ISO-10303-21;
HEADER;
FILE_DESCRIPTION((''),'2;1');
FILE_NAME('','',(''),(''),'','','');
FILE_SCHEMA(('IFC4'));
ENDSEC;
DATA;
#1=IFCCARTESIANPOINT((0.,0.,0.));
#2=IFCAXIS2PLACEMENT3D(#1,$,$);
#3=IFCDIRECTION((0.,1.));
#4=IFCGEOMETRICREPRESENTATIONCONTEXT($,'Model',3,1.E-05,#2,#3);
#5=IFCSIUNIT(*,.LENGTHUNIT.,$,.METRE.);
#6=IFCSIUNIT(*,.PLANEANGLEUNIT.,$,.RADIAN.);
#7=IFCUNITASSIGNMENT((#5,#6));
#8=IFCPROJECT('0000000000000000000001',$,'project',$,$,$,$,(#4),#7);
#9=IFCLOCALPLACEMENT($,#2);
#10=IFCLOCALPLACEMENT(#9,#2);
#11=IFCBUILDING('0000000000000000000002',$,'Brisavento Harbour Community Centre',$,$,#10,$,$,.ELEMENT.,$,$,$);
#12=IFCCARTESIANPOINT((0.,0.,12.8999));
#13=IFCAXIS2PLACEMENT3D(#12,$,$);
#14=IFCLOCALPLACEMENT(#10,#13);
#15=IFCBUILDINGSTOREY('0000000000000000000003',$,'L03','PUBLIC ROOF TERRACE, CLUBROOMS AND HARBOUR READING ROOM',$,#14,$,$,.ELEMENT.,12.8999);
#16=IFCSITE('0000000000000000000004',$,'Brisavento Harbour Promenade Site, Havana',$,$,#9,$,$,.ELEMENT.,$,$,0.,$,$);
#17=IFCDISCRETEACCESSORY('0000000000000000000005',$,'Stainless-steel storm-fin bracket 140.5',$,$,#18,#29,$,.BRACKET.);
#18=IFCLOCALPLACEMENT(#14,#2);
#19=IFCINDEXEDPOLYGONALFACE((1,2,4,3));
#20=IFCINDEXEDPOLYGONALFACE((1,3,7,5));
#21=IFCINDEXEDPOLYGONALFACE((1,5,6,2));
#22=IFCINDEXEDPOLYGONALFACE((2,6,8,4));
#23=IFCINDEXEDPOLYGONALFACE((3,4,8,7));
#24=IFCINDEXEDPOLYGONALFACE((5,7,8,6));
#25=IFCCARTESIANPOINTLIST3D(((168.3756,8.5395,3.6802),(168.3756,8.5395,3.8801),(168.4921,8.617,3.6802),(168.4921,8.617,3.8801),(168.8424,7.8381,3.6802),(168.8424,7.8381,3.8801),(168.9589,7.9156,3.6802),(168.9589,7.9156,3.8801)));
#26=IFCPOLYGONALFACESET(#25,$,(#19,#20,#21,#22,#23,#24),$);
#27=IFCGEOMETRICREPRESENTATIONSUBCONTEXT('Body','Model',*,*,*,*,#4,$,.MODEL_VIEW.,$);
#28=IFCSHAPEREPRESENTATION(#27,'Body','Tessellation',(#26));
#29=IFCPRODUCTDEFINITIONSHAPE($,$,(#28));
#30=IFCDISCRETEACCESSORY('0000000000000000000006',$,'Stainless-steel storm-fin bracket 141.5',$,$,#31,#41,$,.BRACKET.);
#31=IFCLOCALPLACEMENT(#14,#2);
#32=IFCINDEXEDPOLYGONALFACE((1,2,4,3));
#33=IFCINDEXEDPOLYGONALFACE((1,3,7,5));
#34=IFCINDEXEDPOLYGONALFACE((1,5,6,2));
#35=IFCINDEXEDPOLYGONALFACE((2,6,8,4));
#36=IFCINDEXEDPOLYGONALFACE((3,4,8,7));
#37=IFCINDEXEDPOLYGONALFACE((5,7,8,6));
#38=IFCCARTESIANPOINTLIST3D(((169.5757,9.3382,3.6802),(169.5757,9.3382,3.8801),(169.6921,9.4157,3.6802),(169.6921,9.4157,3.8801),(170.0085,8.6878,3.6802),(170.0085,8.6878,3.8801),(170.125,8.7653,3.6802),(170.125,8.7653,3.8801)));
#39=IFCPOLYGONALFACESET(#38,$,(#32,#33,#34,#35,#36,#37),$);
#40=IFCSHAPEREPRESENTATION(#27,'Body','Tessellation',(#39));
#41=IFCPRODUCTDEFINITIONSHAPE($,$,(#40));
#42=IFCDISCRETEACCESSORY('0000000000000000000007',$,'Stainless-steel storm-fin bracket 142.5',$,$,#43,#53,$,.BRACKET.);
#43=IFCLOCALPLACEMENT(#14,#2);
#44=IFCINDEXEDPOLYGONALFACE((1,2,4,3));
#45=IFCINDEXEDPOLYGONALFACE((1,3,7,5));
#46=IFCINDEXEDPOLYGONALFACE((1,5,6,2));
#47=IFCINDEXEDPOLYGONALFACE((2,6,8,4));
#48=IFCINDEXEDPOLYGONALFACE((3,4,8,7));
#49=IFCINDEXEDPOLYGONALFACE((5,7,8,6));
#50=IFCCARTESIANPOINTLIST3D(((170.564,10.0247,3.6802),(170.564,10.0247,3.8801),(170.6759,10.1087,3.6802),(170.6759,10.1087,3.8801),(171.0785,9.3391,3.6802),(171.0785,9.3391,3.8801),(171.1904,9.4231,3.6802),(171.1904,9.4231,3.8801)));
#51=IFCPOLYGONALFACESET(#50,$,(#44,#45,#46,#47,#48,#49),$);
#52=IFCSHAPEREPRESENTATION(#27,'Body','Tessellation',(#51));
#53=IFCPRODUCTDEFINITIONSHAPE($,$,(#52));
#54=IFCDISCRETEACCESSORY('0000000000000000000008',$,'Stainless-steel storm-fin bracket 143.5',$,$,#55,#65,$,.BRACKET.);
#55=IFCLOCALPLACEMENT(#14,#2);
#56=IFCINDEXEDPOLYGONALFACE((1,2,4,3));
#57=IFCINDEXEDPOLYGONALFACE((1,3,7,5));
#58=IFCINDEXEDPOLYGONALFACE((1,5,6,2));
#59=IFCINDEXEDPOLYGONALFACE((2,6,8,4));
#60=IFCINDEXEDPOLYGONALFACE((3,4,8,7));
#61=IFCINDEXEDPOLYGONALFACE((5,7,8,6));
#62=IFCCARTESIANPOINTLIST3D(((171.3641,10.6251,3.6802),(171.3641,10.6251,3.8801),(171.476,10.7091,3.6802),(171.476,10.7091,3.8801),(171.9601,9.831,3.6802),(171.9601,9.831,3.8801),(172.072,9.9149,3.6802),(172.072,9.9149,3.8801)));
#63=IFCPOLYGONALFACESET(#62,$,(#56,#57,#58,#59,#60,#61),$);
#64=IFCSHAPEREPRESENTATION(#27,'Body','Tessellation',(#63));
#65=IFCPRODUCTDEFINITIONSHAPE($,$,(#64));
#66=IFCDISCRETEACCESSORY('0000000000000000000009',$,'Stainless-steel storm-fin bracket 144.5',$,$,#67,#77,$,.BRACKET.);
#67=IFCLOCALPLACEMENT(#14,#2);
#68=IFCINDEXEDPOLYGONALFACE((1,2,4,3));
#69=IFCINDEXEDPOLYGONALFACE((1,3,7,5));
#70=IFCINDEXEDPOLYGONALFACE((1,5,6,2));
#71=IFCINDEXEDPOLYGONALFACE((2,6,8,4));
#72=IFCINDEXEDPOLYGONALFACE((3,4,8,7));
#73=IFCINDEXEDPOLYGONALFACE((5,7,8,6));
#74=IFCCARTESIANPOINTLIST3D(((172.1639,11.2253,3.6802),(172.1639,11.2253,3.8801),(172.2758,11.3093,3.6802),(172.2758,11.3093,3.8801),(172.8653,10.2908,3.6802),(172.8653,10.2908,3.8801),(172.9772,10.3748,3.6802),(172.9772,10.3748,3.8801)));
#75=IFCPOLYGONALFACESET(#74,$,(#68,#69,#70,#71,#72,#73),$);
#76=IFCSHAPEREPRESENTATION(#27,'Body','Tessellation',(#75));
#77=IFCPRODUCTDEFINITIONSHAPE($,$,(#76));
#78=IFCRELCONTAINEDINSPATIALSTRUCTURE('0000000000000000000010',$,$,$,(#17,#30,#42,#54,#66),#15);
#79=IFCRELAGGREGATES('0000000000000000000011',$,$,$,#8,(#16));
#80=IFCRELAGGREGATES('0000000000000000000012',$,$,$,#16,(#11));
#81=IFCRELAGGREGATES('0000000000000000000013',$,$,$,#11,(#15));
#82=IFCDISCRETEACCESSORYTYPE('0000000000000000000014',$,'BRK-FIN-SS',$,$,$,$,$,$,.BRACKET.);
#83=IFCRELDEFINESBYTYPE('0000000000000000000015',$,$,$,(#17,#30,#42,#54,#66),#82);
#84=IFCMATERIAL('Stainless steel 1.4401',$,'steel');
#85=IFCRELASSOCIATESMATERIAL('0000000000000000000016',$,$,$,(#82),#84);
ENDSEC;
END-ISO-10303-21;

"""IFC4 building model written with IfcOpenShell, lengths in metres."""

from ifc_helpers import new_model, si_unit, direction, frame, origin, origin_2d, place, context, subcontext, project, spatial, rectangle, extrude, material, type_object, element, save


model = new_model("IFC4")

# Units and contexts
model_context = context("Model", 3, precision=1e-05, world=origin(), true_north=direction((0.0, 1.0)))
body_context = subcontext(model_context, "Body", "Model", "MODEL_VIEW")
ifc_project = project(units=[si_unit("LENGTHUNIT", "METRE"), si_unit("PLANEANGLEUNIT", "RADIAN")], contexts=[model_context])

# Site, building, storey
site_placement = place(None, origin())
site = spatial("IfcSite", under=ifc_project, at=site_placement, Name="Brisavento Harbour Promenade Site, Havana", CompositionType="ELEMENT", RefElevation=0.0)
building_placement = place(site_placement, origin())
building = spatial("IfcBuilding", under=site, at=building_placement, Name="Brisavento Harbour Community Centre", CompositionType="ELEMENT")
storey_placement = place(building_placement, frame((0.0, 0.0, 12.8999)))
storey = spatial("IfcBuildingStorey", under=building, at=storey_placement, Name="L03", Description="PUBLIC ROOF TERRACE, CLUBROOMS AND HARBOUR READING ROOM", CompositionType="ELEMENT", Elevation=12.8999)

# Discrete accessories
ifc_material_1 = material(Name="Stainless steel 1.4401", Category="steel")
discrete_accessory_type = type_object("IfcDiscreteAccessoryType", Name="BRK-FIN-SS", PredefinedType="BRACKET", material=ifc_material_1)
discrete_accessory_1_placement = place(storey_placement, frame((168.6672, 8.2275, 3.6802), z_axis=(0.0, 0.0, 1.0), x_axis=(0.55406, -0.832477, 0.0)))
element("IfcDiscreteAccessory", 1, at=discrete_accessory_1_placement, inside=storey, type_object=discrete_accessory_type, Name="Stainless-steel storm-fin bracket 140.5", PredefinedType="BRACKET", context=body_context, shape_type="SweptSolid", body=[
    extrude(rectangle(XDim=0.8425, YDim=0.1399, at=origin_2d()), origin(), (0.0, 0.0, 1.0), 0.2),
])
discrete_accessory_2_placement = place(storey_placement, frame((169.8503, 9.0518, 3.6802), z_axis=(0.0, 0.0, 1.0), x_axis=(0.55406, -0.832477, 0.0)))
element("IfcDiscreteAccessory", 2, at=discrete_accessory_2_placement, inside=storey, type_object=discrete_accessory_type, Name="Stainless-steel storm-fin bracket 141.5", PredefinedType="BRACKET", context=body_context, shape_type="SweptSolid", body=[
    extrude(rectangle(XDim=0.7812, YDim=0.1399, at=origin_2d()), origin(), (0.0, 0.0, 1.0), 0.2),
])
discrete_accessory_3_placement = place(storey_placement, frame((170.8772, 9.7239, 3.6802), z_axis=(0.0, 0.0, 1.0), x_axis=(0.600253, -0.79981, 0.0)))
element("IfcDiscreteAccessory", 3, at=discrete_accessory_3_placement, inside=storey, type_object=discrete_accessory_type, Name="Stainless-steel storm-fin bracket 142.5", PredefinedType="BRACKET", context=body_context, shape_type="SweptSolid", body=[
    extrude(rectangle(XDim=0.8572, YDim=0.1399, at=origin_2d()), origin(), (0.0, 0.0, 1.0), 0.2),
])
discrete_accessory_4_placement = place(storey_placement, frame((171.718, 10.27, 3.6802), z_axis=(0.0, 0.0, 1.0), x_axis=(0.600253, -0.79981, 0.0)))
element("IfcDiscreteAccessory", 4, at=discrete_accessory_4_placement, inside=storey, type_object=discrete_accessory_type, Name="Stainless-steel storm-fin bracket 143.5", PredefinedType="BRACKET", context=body_context, shape_type="SweptSolid", body=[
    extrude(rectangle(XDim=0.9929, YDim=0.1399, at=origin_2d()), origin(), (0.0, 0.0, 1.0), 0.2),
])
discrete_accessory_5_placement = place(storey_placement, frame((172.5706, 10.8, 3.6802), z_axis=(0.0, 0.0, 1.0), x_axis=(0.600253, -0.79981, 0.0)))
element("IfcDiscreteAccessory", 5, at=discrete_accessory_5_placement, inside=storey, type_object=discrete_accessory_type, Name="Stainless-steel storm-fin bracket 144.5", PredefinedType="BRACKET", context=body_context, shape_type="SweptSolid", body=[
    extrude(rectangle(XDim=1.1685, YDim=0.1399, at=origin_2d()), origin(), (0.0, 0.0, 1.0), 0.2),
])

save(model, "model.ifc")
